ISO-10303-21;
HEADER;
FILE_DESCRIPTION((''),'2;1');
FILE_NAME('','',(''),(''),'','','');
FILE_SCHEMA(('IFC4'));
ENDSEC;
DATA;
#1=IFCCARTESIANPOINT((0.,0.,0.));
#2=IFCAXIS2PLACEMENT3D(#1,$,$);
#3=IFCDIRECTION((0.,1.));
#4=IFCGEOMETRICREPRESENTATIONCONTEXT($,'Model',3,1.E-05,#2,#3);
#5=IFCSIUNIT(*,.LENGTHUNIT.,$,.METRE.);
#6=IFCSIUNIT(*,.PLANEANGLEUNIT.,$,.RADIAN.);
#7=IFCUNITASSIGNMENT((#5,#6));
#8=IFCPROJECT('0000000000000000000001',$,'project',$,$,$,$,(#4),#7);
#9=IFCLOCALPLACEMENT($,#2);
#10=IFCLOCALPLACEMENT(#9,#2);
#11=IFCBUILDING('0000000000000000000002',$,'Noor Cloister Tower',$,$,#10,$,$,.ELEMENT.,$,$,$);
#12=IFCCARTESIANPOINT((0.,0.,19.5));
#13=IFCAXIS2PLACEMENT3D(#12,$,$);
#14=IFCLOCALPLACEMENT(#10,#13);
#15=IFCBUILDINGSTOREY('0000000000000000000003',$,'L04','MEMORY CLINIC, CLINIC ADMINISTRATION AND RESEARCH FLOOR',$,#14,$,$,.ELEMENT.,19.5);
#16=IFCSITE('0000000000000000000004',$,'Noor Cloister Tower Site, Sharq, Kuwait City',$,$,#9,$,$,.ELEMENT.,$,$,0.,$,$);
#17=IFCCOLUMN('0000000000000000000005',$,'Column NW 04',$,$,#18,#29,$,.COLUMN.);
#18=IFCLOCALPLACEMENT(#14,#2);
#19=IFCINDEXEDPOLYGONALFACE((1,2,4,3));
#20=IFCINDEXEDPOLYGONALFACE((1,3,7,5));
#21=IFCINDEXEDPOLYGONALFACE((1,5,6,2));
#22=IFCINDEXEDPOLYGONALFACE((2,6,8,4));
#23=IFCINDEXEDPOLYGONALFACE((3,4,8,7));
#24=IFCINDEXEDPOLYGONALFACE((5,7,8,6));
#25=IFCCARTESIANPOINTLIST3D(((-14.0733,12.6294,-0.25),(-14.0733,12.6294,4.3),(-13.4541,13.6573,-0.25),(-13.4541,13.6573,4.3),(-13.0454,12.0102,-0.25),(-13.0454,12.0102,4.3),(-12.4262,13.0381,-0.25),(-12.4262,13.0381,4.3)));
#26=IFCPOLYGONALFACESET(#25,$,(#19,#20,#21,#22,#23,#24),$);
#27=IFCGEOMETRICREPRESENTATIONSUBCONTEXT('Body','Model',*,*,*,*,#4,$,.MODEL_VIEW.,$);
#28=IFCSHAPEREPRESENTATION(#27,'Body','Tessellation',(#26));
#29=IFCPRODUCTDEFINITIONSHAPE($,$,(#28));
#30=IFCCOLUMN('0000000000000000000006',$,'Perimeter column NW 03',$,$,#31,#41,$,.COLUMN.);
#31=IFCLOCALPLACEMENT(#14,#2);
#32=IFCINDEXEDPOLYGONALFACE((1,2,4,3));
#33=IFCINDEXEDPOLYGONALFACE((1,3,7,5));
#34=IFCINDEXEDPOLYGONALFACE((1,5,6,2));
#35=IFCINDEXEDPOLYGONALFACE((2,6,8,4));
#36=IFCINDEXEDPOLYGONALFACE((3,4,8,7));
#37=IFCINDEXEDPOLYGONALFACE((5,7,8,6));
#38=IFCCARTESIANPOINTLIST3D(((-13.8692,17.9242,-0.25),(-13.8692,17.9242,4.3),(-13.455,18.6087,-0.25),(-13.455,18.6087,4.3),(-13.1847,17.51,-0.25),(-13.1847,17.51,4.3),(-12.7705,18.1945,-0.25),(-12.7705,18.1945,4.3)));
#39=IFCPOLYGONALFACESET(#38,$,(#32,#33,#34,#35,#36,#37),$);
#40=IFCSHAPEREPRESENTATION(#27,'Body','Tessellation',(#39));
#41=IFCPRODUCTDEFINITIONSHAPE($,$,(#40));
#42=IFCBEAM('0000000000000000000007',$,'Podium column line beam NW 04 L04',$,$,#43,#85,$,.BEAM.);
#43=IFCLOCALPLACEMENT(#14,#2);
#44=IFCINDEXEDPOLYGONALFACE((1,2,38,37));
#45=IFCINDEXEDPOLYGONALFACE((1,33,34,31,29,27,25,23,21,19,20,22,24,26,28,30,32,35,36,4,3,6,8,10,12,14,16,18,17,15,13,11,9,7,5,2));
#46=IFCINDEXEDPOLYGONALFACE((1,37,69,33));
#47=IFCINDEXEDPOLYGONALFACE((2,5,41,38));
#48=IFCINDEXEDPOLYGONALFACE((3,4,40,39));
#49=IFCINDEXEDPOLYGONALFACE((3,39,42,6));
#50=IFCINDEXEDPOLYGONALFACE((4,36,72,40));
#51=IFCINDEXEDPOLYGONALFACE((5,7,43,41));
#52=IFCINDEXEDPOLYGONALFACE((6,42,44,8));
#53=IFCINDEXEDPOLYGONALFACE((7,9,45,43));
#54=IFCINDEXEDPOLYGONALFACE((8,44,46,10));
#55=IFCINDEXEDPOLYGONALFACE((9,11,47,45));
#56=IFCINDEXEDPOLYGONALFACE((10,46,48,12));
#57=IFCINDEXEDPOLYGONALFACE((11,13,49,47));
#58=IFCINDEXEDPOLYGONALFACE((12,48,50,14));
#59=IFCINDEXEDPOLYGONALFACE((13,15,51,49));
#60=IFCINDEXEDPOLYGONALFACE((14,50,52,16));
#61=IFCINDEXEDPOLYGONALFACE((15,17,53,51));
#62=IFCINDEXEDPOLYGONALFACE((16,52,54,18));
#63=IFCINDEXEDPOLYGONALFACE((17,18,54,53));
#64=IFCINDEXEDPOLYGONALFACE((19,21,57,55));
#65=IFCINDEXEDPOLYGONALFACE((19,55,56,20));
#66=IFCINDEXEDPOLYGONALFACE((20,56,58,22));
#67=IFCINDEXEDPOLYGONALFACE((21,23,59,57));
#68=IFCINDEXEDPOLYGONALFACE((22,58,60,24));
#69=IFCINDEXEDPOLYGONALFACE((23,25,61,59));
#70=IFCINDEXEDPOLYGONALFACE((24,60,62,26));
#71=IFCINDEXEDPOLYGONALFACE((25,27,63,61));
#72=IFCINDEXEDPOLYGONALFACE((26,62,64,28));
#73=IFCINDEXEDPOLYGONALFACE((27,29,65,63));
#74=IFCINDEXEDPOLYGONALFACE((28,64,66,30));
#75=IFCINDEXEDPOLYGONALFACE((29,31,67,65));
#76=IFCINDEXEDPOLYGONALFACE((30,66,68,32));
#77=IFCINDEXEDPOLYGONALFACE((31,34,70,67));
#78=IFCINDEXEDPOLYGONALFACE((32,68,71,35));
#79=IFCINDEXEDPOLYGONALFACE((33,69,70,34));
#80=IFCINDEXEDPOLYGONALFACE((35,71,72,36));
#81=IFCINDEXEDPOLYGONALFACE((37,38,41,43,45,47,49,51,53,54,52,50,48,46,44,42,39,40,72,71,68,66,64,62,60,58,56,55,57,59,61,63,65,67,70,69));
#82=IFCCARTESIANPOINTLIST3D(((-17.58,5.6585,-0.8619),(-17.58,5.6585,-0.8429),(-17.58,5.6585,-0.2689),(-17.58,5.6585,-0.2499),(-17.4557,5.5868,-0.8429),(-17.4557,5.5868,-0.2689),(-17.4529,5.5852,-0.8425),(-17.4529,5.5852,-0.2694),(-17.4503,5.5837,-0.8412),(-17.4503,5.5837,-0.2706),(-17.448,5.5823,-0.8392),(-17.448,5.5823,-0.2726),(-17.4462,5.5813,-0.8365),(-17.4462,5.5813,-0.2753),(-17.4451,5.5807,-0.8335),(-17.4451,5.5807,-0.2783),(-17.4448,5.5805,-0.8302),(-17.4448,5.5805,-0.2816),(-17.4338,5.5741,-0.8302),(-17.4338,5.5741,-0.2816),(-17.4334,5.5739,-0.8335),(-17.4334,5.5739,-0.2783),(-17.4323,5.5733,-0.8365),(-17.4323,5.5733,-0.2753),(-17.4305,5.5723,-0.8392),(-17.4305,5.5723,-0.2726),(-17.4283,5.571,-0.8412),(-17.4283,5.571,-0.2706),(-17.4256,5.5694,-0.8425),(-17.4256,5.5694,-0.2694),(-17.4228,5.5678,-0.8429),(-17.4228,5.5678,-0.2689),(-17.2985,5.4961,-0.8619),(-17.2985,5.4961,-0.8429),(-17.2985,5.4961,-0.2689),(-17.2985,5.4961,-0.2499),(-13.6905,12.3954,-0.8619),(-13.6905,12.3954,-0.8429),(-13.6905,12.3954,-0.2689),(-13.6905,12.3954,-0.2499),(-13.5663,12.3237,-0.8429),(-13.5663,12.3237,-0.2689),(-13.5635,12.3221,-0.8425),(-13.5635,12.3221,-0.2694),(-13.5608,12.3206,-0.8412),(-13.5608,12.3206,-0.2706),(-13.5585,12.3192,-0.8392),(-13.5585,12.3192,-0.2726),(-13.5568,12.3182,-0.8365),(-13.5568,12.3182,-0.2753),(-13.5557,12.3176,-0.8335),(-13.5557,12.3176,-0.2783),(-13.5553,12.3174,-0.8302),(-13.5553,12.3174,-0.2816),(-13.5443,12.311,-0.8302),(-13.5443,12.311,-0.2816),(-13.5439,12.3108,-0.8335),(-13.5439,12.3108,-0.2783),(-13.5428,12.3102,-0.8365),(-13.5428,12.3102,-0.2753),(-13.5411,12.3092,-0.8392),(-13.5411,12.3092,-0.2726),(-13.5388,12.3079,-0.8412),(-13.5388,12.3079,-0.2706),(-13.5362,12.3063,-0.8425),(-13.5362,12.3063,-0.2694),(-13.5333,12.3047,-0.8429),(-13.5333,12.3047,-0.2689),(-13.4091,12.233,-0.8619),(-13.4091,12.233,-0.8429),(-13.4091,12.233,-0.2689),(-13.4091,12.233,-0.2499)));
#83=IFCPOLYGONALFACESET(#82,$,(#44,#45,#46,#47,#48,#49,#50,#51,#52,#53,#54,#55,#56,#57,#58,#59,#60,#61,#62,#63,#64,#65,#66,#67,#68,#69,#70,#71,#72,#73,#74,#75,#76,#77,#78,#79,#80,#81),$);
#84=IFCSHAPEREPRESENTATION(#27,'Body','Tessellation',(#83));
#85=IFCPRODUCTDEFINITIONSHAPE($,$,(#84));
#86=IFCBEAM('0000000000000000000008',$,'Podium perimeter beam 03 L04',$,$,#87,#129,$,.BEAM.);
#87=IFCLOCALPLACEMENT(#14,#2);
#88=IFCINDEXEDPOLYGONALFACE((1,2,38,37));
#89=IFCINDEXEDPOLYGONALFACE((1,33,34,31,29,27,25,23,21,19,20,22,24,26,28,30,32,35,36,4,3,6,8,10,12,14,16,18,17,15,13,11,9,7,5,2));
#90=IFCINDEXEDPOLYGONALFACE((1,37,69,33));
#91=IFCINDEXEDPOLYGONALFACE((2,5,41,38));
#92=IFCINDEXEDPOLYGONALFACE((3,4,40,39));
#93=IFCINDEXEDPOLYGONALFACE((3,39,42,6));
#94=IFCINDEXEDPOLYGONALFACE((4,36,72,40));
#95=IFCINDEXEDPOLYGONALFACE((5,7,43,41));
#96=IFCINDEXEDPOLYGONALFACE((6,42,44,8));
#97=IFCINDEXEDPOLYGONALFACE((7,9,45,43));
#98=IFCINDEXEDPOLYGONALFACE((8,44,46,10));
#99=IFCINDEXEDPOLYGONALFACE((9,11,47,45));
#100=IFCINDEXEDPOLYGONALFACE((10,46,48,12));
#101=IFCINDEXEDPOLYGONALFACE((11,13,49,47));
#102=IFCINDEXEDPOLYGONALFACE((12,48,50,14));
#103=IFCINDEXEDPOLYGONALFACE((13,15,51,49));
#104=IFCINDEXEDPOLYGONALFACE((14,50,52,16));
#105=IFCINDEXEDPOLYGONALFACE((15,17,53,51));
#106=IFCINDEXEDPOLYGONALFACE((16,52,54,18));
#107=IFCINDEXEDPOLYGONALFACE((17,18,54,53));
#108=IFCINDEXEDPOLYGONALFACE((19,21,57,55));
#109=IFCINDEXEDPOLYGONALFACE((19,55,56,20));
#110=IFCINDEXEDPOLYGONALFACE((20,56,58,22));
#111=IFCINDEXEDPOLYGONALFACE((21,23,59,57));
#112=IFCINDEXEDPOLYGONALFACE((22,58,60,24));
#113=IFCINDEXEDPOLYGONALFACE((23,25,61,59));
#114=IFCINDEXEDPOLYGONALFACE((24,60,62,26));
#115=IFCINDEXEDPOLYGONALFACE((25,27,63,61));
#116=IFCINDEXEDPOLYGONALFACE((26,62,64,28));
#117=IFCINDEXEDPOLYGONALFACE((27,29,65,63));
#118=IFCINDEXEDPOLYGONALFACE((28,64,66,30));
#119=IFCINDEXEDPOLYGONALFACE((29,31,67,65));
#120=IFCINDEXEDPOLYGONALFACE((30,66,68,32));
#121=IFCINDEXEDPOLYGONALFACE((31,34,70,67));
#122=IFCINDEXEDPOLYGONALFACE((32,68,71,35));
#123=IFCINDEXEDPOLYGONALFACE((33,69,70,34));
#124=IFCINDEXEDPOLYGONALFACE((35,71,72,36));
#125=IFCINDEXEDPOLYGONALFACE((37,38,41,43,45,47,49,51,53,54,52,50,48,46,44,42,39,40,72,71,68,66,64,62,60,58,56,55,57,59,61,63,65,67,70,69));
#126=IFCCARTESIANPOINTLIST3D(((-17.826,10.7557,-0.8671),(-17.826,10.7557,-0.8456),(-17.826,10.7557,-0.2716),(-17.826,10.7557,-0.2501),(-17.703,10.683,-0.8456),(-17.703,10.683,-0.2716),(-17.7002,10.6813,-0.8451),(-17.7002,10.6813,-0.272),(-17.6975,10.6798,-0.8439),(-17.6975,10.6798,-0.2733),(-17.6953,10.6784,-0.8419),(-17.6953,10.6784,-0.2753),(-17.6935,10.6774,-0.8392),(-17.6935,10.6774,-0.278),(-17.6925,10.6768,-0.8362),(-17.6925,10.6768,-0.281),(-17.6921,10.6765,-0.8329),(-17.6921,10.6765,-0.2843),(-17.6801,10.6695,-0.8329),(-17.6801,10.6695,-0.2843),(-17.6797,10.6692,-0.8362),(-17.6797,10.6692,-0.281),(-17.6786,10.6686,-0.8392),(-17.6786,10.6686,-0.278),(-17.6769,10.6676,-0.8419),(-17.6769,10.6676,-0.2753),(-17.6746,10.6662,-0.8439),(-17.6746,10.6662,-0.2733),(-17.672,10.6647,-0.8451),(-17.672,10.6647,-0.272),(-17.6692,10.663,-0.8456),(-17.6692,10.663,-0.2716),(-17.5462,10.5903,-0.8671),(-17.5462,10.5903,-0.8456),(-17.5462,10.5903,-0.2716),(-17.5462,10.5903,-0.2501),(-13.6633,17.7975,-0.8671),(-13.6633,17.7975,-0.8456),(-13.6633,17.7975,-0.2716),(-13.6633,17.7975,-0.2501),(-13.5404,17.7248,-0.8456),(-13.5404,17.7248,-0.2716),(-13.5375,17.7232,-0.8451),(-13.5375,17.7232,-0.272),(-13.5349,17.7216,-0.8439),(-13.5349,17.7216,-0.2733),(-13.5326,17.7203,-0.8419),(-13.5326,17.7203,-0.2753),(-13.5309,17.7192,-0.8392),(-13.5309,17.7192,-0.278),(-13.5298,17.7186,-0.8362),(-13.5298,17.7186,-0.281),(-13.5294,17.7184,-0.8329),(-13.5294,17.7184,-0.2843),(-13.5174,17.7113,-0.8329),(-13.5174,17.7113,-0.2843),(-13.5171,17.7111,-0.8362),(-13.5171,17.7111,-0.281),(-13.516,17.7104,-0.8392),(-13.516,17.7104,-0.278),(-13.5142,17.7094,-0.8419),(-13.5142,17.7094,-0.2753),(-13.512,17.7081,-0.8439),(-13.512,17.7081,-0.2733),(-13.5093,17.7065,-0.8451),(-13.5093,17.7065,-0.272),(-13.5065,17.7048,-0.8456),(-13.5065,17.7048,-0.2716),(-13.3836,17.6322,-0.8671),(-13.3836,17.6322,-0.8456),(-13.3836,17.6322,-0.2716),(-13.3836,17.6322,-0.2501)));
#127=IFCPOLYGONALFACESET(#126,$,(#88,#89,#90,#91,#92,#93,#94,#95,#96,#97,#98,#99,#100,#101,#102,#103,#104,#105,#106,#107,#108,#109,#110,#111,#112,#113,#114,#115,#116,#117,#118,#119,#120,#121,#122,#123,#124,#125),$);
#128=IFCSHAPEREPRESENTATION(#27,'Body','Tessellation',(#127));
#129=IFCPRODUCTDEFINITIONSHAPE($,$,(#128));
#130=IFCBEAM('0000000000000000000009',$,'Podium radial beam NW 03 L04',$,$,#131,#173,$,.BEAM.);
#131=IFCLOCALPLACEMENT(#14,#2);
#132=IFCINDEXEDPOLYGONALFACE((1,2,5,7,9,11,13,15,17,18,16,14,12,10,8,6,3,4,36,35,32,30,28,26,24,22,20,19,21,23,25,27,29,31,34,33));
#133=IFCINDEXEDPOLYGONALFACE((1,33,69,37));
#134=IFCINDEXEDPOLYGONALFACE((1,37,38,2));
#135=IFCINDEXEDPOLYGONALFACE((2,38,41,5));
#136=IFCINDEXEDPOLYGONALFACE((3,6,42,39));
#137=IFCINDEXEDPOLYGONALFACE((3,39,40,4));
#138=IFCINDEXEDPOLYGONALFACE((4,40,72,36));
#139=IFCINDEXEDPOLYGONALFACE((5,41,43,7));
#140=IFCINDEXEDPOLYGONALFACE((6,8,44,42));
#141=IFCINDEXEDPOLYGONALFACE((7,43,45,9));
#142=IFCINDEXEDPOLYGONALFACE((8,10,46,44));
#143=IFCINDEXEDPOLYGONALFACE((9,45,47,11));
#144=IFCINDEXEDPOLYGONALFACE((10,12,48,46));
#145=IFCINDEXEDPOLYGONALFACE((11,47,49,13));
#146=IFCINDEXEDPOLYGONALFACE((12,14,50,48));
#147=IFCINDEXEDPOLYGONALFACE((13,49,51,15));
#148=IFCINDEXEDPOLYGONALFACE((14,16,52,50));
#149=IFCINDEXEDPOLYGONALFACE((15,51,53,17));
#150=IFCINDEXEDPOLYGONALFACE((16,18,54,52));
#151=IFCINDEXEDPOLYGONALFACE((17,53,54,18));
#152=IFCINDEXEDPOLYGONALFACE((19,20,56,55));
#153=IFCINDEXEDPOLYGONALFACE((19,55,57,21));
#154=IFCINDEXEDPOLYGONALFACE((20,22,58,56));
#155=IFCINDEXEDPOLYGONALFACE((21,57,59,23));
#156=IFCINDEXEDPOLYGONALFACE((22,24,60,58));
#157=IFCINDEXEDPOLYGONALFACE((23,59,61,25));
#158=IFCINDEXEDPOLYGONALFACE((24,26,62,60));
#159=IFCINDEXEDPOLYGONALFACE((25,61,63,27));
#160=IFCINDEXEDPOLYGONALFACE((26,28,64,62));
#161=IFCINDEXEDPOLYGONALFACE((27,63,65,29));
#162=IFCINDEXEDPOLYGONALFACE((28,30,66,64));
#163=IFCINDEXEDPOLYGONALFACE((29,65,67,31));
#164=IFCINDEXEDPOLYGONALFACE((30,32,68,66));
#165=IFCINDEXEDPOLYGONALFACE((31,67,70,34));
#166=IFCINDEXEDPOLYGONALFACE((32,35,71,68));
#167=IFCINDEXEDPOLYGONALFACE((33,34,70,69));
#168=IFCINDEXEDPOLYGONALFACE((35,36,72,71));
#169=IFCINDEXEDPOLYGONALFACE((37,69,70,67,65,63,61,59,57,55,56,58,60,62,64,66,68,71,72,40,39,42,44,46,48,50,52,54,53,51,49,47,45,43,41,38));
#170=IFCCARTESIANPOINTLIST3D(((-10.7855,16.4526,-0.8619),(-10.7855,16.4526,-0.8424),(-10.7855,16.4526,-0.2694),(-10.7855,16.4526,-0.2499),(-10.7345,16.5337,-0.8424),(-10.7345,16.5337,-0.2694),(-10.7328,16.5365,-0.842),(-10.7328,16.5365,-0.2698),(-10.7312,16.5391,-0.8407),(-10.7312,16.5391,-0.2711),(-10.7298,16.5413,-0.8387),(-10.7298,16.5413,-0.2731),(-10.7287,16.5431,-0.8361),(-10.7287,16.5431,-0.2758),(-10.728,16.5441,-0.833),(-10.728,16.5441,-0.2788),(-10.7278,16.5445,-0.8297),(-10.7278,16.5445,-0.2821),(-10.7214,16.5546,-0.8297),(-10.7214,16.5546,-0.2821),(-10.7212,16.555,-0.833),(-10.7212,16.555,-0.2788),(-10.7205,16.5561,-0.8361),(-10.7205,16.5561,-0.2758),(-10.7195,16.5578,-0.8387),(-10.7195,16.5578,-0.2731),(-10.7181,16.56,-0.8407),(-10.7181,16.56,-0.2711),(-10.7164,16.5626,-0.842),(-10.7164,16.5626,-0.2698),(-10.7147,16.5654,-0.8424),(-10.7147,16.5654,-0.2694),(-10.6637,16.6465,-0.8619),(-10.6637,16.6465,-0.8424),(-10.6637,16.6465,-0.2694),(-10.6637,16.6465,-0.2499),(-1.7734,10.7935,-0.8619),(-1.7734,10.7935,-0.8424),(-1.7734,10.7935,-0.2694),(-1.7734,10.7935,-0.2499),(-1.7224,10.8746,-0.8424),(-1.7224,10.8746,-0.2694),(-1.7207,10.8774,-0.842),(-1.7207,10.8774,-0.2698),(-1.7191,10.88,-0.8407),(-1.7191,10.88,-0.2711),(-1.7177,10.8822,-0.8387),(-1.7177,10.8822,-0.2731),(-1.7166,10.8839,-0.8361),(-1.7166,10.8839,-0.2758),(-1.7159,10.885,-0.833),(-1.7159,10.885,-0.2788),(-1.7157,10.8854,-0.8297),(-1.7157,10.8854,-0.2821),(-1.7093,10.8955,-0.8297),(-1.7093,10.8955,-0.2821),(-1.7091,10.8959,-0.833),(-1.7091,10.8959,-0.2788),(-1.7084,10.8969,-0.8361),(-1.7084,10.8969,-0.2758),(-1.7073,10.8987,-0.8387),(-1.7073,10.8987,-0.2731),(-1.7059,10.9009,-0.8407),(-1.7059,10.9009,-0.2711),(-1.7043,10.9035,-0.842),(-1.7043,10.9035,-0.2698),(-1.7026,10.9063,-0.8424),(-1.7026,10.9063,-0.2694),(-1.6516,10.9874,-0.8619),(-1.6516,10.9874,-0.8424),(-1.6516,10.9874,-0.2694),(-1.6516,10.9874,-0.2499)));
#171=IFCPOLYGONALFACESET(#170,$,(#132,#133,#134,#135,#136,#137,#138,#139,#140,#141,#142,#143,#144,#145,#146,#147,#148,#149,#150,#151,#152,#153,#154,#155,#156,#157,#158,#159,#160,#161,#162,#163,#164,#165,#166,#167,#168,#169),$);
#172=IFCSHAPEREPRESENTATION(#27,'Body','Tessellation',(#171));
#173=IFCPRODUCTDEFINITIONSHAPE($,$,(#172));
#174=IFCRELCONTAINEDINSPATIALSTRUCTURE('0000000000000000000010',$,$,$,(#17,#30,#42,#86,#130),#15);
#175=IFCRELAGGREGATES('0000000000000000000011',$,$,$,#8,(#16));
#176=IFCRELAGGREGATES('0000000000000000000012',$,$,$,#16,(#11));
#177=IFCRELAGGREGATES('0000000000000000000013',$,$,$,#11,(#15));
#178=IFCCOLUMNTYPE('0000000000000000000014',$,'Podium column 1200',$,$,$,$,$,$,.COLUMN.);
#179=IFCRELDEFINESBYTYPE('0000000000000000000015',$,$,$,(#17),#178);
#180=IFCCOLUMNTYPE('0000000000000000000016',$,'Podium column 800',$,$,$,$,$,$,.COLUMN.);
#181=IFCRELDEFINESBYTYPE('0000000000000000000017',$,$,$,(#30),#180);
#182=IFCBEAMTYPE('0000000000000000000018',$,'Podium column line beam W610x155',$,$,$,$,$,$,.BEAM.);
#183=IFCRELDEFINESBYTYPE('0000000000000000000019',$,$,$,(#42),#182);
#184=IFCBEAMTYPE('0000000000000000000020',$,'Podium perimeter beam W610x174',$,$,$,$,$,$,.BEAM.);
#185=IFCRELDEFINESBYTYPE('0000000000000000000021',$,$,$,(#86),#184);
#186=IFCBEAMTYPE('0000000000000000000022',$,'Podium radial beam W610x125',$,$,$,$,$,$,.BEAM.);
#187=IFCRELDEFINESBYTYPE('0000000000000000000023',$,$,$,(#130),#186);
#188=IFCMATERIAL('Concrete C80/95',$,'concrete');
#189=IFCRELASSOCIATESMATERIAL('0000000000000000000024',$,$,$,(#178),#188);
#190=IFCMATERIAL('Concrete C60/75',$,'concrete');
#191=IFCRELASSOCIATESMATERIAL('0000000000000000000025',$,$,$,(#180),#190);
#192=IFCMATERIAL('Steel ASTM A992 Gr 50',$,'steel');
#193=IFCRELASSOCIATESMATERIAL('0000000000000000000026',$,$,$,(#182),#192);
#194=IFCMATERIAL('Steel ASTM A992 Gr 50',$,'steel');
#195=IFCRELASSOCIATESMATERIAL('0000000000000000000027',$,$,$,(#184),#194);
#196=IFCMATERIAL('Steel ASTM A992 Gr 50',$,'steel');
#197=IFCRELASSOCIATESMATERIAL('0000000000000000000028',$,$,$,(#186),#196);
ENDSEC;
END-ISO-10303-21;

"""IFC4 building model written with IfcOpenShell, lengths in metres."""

from ifc_helpers import new_model, si_unit, direction, frame, origin, origin_2d, place, context, subcontext, project, spatial, rectangle, i_section, extrude, material, material_profile, profile_set, type_object, element, save


model = new_model("IFC4")

# Units and contexts
model_context = context("Model", 3, precision=1e-05, world=origin(), true_north=direction((0.0, 1.0)))
body_context = subcontext(model_context, "Body", "Model", "MODEL_VIEW")
ifc_project = project(units=[si_unit("LENGTHUNIT", "METRE"), si_unit("PLANEANGLEUNIT", "RADIAN")], contexts=[model_context])

# Site, building, storey
site_placement = place(None, origin())
site = spatial("IfcSite", under=ifc_project, at=site_placement, Name="Noor Cloister Tower Site, Sharq, Kuwait City", CompositionType="ELEMENT", RefElevation=0.0)
building_placement = place(site_placement, origin())
building = spatial("IfcBuilding", under=site, at=building_placement, Name="Noor Cloister Tower", CompositionType="ELEMENT")
storey_placement = place(building_placement, frame((0.0, 0.0, 19.5)))
storey = spatial("IfcBuildingStorey", under=building, at=storey_placement, Name="L04", Description="MEMORY CLINIC, CLINIC ADMINISTRATION AND RESEARCH FLOOR", CompositionType="ELEMENT", Elevation=19.5)

# Columns
ifc_material_1 = material(Name="Concrete C80/95", Category="concrete")
ifc_material_profile_1 = material_profile(ifc_material_1, rectangle(XDim=1.2, YDim=1.2, at=origin_2d()), Name="Podium column 1200")
ifc_profile_set_1 = profile_set([ifc_material_profile_1], Name="Concrete C80/95")
column_type_1 = type_object("IfcColumnType", Name="Podium column 1200", PredefinedType="COLUMN", material=ifc_profile_set_1)
column_1_placement = place(storey_placement, frame((-13.2498, 12.8337, -0.25), z_axis=(0.0, 0.0, 1.0), x_axis=(-0.8566, 0.515981, 0.0)))
element("IfcColumn", 1, at=column_1_placement, inside=storey, type_object=column_type_1, Name="Column NW 04", PredefinedType="COLUMN", context=body_context, shape_type="SweptSolid", body=[
    extrude(rectangle(XDim=1.2, YDim=1.2, at=origin_2d()), origin(), (0.0, 0.0, 1.0), 4.55),
])
ifc_material_2 = material(Name="Concrete C60/75", Category="concrete")
ifc_material_profile_2 = material_profile(ifc_material_2, rectangle(XDim=0.8, YDim=0.8, at=origin_2d()), Name="Podium column 800")
ifc_profile_set_2 = profile_set([ifc_material_profile_2], Name="Concrete C60/75")
column_type_2 = type_object("IfcColumnType", Name="Podium column 800", PredefinedType="COLUMN", material=ifc_profile_set_2)
column_2_placement = place(storey_placement, frame((-13.3198, 18.0593, -0.25), z_axis=(0.0, 0.0, 1.0), x_axis=(-0.855574, 0.51768, 0.0)))
element("IfcColumn", 2, at=column_2_placement, inside=storey, type_object=column_type_2, Name="Perimeter column NW 03", PredefinedType="COLUMN", context=body_context, shape_type="SweptSolid", body=[
    extrude(rectangle(XDim=0.8, YDim=0.8, at=origin_2d()), origin(), (0.0, 0.0, 1.0), 4.55),
])

# Beams
ifc_material_3 = material(Name="Steel ASTM A992 Gr 50", Category="steel")
ifc_material_profile_3 = material_profile(ifc_material_3, i_section(OverallWidth=0.325, OverallDepth=0.6121, WebThickness=0.0127, FlangeThickness=0.019, FilletRadius=0.0127, at=origin_2d()), Name="W610x155")
ifc_profile_set_3 = profile_set([ifc_material_profile_3], Name="Steel ASTM A992 Gr 50")
beam_type_1 = type_object("IfcBeamType", Name="Podium column line beam W610x155", PredefinedType="BEAM", material=ifc_profile_set_3)
beam_1_placement = place(storey_placement, frame((-13.5498, 12.3142, -0.5559), z_axis=(-0.499991, -0.866031, 0.0), x_axis=(0.866031, -0.499991, 0.0)))
element("IfcBeam", 3, at=beam_1_placement, inside=storey, type_object=beam_type_1, Name="Podium column line beam NW 04 L04", PredefinedType="BEAM", context=body_context, shape_type="SweptSolid", body=[
    extrude(i_section(OverallWidth=0.325, OverallDepth=0.6121, WebThickness=0.0127, FlangeThickness=0.019, FilletRadius=0.0127, at=origin_2d()), origin(), (0.0, 0.0, 1.0), 7.7791),
])
ifc_material_4 = material(Name="Steel ASTM A992 Gr 50", Category="steel")
ifc_material_profile_4 = material_profile(ifc_material_4, i_section(OverallWidth=0.325, OverallDepth=0.6169, WebThickness=0.0139, FlangeThickness=0.0215, FilletRadius=0.0127, at=origin_2d()), Name="W610x174")
ifc_profile_set_4 = profile_set([ifc_material_profile_4], Name="Steel ASTM A992 Gr 50")
beam_type_2 = type_object("IfcBeamType", Name="Podium perimeter beam W610x174", PredefinedType="BEAM", material=ifc_profile_set_4)
beam_2_placement = place(storey_placement, frame((-13.5234, 17.7148, -0.5586), z_axis=(-0.508871, -0.860843, 0.0), x_axis=(0.860843, -0.508871, 0.0)))
element("IfcBeam", 4, at=beam_2_placement, inside=storey, type_object=beam_type_2, Name="Podium perimeter beam 03 L04", PredefinedType="BEAM", context=body_context, shape_type="SweptSolid", body=[
    extrude(i_section(OverallWidth=0.325, OverallDepth=0.6169, WebThickness=0.0139, FlangeThickness=0.0215, FilletRadius=0.0127, at=origin_2d()), origin(), (0.0, 0.0, 1.0), 8.1802),
])
ifc_material_5 = material(Name="Steel ASTM A992 Gr 50", Category="steel")
ifc_material_profile_5 = material_profile(ifc_material_5, i_section(OverallWidth=0.229, OverallDepth=0.6121, WebThickness=0.012, FlangeThickness=0.0195, FilletRadius=0.0127, at=origin_2d()), Name="W610x125")
ifc_profile_set_5 = profile_set([ifc_material_profile_5], Name="Steel ASTM A992 Gr 50")
beam_type_3 = type_object("IfcBeamType", Name="Podium radial beam W610x125", PredefinedType="BEAM", material=ifc_profile_set_5)
beam_3_placement = place(storey_placement, frame((-10.7246, 16.5496, -0.5559), z_axis=(0.846875, -0.531792, 0.0), x_axis=(0.531792, 0.846875, 0.0)))
element("IfcBeam", 5, at=beam_3_placement, inside=storey, type_object=beam_type_3, Name="Podium radial beam NW 03 L04", PredefinedType="BEAM", context=body_context, shape_type="SweptSolid", body=[
    extrude(i_section(OverallWidth=0.229, OverallDepth=0.6121, WebThickness=0.012, FlangeThickness=0.0195, FilletRadius=0.0127, at=origin_2d()), origin(), (0.0, 0.0, 1.0), 10.6416),
])

save(model, "model.ifc")
